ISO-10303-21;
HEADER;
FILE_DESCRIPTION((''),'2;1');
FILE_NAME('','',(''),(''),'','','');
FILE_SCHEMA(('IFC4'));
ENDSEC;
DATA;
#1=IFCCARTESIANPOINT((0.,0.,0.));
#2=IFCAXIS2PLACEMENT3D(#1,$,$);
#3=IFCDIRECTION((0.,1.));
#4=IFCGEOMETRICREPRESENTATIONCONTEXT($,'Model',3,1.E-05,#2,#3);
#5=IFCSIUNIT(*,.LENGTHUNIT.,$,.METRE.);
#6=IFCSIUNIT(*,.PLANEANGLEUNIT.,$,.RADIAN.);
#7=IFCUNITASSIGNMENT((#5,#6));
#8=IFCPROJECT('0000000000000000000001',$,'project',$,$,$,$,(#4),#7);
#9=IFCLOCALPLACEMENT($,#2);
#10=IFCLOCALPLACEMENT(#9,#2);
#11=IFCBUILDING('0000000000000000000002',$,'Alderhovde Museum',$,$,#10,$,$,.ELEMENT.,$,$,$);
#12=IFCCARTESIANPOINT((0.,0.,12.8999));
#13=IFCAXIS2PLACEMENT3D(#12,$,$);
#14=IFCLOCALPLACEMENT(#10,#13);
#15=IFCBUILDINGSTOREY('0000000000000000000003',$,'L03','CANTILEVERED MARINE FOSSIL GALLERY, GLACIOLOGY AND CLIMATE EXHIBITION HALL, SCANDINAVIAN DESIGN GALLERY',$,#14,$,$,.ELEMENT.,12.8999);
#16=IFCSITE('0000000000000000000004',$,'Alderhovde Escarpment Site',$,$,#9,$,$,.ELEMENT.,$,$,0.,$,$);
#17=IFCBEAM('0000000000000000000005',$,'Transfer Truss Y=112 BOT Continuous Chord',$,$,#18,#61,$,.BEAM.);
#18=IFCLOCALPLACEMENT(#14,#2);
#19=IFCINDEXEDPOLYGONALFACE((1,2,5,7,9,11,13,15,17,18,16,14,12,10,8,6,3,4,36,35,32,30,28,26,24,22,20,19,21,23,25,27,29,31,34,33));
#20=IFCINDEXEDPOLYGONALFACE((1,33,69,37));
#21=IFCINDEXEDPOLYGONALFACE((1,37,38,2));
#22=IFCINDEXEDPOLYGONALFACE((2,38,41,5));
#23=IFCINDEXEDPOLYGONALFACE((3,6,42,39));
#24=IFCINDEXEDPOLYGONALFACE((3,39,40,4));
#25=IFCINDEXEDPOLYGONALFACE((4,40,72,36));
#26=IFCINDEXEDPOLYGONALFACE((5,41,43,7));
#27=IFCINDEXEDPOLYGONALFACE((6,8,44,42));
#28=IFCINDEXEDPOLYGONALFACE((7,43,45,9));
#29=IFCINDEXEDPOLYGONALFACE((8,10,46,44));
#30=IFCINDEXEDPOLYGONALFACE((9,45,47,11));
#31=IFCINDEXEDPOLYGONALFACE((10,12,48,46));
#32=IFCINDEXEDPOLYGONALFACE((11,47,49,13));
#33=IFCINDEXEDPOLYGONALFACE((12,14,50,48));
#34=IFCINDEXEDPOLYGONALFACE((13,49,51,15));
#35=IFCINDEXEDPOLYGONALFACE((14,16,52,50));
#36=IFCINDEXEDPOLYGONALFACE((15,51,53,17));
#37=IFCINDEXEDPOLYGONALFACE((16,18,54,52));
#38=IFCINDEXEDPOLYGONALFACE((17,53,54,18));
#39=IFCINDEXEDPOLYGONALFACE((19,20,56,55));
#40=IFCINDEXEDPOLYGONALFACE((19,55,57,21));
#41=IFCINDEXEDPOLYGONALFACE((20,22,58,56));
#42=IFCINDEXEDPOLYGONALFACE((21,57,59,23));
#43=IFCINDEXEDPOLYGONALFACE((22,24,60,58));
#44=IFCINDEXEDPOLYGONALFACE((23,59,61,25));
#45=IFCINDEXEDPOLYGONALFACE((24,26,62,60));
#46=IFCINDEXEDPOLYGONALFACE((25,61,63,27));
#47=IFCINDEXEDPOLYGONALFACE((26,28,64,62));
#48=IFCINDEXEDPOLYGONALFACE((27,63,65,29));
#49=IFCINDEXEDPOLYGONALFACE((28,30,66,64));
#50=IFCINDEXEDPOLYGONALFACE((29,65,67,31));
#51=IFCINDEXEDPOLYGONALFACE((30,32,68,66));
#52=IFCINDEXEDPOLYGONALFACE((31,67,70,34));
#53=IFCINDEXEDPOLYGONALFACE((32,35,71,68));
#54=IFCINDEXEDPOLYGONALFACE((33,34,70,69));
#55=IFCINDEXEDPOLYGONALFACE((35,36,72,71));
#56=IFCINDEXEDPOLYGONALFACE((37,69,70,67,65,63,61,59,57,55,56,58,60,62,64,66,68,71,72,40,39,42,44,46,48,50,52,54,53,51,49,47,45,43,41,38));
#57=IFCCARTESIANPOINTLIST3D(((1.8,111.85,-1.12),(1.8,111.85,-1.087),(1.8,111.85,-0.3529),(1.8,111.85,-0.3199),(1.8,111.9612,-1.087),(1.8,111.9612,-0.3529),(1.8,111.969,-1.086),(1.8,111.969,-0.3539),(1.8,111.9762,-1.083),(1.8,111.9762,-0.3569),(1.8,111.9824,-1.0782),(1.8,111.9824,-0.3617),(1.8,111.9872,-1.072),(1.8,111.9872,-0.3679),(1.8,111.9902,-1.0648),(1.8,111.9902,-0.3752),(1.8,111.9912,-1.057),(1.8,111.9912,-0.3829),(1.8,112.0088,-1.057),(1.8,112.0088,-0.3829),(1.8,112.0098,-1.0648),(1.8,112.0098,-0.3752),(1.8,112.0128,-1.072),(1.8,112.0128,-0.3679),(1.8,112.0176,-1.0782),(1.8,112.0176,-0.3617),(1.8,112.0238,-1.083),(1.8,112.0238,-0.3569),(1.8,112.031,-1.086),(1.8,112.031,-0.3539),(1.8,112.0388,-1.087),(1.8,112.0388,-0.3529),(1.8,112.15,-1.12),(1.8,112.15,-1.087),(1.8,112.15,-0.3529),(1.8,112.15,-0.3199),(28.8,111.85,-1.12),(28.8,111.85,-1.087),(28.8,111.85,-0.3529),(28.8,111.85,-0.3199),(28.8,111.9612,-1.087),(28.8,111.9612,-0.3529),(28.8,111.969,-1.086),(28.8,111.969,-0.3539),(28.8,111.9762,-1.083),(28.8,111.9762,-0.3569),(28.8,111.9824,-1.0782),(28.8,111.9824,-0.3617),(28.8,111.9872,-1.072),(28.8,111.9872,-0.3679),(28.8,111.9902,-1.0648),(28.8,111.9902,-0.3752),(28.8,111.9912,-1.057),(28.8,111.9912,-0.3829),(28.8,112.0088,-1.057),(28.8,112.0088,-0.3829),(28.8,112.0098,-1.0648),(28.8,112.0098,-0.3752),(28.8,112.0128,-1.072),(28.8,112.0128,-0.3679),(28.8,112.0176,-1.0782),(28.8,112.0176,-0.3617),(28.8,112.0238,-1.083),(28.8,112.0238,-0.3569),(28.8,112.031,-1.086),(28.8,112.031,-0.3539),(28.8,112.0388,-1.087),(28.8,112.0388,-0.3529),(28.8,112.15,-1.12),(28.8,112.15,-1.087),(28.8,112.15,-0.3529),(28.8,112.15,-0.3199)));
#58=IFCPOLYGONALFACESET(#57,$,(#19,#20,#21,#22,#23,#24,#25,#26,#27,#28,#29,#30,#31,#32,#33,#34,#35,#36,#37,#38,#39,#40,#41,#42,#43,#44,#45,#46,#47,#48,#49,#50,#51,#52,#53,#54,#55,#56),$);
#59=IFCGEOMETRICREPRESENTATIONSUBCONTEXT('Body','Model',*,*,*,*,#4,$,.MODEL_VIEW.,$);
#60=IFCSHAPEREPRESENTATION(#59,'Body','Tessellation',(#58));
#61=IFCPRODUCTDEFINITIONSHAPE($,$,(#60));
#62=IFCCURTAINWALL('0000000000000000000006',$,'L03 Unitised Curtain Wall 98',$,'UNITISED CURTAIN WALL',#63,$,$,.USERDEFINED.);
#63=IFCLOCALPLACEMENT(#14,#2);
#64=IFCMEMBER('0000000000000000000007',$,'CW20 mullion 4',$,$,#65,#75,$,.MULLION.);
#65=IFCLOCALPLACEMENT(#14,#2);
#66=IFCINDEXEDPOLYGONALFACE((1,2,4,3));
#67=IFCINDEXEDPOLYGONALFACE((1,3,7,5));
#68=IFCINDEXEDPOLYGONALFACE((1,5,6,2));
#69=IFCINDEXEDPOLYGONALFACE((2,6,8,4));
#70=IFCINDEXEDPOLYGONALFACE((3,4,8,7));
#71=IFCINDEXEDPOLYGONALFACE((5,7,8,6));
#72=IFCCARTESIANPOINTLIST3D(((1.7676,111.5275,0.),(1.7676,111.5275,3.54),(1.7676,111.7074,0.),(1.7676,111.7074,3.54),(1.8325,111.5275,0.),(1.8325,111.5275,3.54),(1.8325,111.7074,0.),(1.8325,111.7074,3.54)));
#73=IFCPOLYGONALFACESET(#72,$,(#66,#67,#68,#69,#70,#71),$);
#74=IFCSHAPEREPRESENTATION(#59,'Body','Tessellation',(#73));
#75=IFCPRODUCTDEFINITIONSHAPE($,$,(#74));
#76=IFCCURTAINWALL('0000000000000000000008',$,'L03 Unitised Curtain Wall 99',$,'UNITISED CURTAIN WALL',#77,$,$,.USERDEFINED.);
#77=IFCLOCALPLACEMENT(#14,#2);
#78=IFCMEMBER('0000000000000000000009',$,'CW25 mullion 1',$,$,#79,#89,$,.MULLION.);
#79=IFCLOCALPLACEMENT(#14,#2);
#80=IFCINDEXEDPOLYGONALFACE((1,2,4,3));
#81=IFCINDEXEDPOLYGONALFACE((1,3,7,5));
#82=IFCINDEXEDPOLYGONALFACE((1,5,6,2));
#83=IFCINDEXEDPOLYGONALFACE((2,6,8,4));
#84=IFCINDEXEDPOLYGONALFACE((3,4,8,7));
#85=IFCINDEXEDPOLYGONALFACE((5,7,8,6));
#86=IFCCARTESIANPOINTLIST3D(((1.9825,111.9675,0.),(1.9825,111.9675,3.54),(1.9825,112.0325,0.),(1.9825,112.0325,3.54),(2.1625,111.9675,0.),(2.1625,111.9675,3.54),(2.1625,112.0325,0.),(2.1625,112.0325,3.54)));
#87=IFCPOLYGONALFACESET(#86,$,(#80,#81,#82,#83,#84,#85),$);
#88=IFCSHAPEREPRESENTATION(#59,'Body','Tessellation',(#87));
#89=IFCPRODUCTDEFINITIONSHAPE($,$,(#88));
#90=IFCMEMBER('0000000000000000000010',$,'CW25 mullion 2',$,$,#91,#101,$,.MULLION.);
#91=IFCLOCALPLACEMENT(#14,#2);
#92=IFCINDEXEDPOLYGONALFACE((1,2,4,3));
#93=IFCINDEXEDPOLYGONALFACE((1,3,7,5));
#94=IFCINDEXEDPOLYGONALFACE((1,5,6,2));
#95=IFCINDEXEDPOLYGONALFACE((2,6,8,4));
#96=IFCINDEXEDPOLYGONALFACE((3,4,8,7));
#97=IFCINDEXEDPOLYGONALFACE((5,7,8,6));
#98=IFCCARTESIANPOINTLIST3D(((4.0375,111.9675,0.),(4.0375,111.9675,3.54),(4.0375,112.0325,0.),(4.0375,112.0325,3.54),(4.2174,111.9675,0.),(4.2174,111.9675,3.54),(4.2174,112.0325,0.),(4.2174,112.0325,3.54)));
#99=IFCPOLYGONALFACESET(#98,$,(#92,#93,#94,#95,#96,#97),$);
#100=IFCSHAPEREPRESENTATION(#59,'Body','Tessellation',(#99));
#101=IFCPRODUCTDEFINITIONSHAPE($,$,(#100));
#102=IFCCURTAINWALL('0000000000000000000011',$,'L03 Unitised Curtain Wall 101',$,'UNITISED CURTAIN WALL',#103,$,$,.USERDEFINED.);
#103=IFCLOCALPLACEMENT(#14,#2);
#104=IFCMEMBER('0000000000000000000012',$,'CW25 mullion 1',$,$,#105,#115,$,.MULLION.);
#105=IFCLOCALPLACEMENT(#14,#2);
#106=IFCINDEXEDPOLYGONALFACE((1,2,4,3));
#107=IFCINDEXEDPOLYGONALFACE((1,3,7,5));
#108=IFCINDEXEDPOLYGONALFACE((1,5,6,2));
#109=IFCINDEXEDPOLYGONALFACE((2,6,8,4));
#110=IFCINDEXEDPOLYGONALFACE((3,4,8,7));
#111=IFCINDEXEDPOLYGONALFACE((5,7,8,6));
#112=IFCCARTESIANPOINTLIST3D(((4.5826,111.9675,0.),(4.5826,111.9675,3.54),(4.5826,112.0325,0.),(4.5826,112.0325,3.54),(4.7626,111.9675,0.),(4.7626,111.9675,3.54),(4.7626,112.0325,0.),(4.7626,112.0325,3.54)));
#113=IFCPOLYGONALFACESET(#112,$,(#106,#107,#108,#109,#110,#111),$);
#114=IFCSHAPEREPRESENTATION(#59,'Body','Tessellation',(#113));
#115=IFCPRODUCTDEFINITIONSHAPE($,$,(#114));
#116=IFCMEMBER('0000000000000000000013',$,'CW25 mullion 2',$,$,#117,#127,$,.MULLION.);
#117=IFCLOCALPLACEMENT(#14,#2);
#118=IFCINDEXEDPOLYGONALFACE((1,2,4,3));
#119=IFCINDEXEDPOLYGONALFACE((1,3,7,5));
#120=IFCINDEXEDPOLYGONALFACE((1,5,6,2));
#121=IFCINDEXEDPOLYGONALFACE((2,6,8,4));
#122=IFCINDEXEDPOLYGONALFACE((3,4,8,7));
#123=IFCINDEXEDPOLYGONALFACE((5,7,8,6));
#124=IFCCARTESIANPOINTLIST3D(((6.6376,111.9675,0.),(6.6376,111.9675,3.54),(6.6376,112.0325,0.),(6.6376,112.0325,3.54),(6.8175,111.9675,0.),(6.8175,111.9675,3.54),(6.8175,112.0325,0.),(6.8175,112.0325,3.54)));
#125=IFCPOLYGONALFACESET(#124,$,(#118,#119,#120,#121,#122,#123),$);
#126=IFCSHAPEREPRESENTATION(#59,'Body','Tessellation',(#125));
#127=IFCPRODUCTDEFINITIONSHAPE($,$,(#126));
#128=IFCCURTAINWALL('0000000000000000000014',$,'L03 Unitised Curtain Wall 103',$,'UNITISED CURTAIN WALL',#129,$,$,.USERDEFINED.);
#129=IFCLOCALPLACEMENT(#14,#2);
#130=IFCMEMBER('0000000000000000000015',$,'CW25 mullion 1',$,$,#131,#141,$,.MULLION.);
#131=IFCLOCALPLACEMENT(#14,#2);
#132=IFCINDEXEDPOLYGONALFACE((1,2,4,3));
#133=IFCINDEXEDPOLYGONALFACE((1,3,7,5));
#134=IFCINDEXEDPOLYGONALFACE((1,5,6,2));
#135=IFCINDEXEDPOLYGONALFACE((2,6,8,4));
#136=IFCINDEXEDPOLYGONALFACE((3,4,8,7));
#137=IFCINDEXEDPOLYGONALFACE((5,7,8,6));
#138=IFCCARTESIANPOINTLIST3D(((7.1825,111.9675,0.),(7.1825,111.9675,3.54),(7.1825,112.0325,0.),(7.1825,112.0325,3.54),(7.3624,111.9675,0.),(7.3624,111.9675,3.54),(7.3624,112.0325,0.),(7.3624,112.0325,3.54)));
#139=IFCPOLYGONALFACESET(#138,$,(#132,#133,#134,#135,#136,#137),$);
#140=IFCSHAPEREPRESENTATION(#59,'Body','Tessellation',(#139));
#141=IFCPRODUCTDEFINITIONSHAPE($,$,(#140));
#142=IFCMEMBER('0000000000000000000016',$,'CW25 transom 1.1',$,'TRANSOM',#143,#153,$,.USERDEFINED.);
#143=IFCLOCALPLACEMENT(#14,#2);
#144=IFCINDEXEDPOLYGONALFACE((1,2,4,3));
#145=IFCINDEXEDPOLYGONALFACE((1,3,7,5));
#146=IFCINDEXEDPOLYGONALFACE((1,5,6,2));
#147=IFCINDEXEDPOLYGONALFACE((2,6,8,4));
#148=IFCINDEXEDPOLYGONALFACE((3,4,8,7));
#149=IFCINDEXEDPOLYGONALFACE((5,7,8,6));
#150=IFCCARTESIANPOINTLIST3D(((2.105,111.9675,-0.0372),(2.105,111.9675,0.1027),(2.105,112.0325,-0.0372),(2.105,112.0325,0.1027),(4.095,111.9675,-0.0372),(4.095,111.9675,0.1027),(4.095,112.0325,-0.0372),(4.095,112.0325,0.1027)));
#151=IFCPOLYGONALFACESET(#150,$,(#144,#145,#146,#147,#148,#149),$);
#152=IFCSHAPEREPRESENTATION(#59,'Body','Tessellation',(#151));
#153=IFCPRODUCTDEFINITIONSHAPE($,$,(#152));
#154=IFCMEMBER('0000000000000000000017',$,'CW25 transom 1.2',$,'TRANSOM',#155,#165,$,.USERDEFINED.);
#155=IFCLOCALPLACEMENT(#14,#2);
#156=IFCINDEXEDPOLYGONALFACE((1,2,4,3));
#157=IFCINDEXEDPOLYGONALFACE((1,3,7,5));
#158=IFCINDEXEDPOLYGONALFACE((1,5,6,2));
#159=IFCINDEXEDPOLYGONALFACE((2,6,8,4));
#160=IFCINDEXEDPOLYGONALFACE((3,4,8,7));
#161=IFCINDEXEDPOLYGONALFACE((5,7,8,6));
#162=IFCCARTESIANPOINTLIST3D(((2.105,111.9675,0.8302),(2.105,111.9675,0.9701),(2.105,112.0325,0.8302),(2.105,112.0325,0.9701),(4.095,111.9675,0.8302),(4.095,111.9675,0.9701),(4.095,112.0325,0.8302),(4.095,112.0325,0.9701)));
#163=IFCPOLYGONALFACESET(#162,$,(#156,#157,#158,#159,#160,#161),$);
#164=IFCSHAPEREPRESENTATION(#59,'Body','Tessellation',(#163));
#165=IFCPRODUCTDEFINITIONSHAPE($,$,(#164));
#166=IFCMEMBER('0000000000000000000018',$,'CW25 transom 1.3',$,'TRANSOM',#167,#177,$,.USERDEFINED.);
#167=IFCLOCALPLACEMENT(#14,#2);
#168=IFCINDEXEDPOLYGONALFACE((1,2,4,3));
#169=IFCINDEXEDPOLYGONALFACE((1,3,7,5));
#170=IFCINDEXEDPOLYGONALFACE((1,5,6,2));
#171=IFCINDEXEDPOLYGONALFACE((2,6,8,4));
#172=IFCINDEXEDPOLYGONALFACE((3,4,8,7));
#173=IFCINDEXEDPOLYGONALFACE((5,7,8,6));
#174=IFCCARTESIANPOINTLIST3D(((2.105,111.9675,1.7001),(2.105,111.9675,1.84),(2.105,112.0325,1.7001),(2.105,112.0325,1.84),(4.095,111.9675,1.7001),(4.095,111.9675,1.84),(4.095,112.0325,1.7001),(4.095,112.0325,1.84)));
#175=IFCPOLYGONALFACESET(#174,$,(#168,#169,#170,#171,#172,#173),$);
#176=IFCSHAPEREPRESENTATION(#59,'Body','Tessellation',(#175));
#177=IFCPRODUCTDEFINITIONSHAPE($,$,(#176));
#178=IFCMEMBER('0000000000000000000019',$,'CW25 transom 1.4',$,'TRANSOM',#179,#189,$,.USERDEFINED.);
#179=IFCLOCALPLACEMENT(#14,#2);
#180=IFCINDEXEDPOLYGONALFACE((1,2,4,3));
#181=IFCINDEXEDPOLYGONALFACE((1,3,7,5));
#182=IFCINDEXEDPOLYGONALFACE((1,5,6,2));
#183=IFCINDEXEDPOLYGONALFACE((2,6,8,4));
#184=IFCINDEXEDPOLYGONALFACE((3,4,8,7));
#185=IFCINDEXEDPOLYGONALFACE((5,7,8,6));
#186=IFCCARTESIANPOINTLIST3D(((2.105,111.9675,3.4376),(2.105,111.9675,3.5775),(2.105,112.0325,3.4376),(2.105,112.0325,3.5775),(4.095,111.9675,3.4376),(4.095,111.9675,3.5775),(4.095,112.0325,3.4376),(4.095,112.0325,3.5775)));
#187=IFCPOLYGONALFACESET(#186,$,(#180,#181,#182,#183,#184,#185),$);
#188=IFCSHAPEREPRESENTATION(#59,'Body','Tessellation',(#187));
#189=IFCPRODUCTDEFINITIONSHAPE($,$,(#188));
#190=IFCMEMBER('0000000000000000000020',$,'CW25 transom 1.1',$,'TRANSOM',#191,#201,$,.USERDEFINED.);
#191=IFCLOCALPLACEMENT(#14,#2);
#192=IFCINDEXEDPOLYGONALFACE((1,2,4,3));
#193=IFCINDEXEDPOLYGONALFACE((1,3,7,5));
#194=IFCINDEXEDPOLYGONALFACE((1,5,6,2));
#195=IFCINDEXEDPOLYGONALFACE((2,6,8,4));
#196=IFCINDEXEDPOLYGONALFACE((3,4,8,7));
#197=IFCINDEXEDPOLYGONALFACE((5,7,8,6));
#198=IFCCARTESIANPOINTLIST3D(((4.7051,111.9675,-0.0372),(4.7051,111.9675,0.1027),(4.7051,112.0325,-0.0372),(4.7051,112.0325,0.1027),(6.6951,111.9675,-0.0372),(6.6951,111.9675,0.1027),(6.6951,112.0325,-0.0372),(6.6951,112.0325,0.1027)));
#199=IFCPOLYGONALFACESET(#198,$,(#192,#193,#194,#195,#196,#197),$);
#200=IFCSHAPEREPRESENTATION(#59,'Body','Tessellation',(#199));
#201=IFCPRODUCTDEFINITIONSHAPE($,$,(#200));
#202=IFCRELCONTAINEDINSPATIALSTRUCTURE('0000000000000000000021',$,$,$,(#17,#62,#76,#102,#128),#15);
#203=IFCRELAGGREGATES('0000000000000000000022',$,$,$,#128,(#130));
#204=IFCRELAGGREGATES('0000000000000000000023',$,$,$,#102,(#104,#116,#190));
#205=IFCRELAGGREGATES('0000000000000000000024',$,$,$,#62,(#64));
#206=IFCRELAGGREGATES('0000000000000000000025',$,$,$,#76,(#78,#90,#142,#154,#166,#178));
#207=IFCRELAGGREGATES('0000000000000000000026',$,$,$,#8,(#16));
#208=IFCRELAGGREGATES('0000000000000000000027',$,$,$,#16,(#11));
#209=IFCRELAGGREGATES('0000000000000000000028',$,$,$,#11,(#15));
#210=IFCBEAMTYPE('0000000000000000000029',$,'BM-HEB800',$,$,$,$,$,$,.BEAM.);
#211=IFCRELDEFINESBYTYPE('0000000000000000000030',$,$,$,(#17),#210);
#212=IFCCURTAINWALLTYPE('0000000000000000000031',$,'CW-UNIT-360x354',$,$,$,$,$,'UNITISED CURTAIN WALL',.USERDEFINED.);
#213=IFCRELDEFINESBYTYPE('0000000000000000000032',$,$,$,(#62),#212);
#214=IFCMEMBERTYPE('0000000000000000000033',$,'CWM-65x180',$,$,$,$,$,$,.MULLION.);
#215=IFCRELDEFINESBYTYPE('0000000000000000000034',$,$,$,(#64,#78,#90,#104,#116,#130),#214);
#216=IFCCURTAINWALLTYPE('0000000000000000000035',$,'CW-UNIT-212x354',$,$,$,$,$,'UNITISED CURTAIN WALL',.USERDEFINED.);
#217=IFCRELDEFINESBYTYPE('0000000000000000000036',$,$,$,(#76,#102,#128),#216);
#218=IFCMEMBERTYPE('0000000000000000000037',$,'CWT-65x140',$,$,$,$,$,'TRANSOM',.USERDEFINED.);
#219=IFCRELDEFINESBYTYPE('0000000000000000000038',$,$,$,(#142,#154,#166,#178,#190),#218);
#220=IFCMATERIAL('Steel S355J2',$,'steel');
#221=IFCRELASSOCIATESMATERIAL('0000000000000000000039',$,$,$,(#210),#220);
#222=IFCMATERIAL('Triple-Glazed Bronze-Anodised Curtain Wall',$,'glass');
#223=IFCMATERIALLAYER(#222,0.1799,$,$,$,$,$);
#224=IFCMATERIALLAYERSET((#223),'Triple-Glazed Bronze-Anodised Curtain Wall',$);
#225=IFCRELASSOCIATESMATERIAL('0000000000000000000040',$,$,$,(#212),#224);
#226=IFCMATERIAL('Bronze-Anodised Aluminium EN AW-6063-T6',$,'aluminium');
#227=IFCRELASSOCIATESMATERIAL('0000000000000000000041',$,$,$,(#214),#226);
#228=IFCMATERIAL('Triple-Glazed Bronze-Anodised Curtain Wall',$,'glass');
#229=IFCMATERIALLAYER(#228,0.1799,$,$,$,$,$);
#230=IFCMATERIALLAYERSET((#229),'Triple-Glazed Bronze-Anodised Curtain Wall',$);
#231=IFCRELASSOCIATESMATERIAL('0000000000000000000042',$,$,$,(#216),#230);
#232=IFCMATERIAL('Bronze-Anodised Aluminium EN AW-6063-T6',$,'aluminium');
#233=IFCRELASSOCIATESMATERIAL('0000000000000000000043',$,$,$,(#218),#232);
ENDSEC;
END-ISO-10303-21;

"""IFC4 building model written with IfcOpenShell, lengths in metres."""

from ifc_helpers import new_model, si_unit, direction, frame, origin, origin_2d, place, context, subcontext, project, spatial, rectangle, i_section, extrude, material, layer, layer_set, material_profile, profile_set, type_object, element, aggregate, save


model = new_model("IFC4")

# Units and contexts
model_context = context("Model", 3, precision=1e-05, world=origin(), true_north=direction((0.0, 1.0)))
body_context = subcontext(model_context, "Body", "Model", "MODEL_VIEW")
ifc_project = project(units=[si_unit("LENGTHUNIT", "METRE"), si_unit("PLANEANGLEUNIT", "RADIAN")], contexts=[model_context])

# Site, building, storey
site_placement = place(None, origin())
site = spatial("IfcSite", under=ifc_project, at=site_placement, Name="Alderhovde Escarpment Site", CompositionType="ELEMENT", RefElevation=0.0)
building_placement = place(site_placement, origin())
building = spatial("IfcBuilding", under=site, at=building_placement, Name="Alderhovde Museum", CompositionType="ELEMENT")
storey_placement = place(building_placement, frame((0.0, 0.0, 12.8999)))
storey = spatial("IfcBuildingStorey", under=building, at=storey_placement, Name="L03", Description="CANTILEVERED MARINE FOSSIL GALLERY, GLACIOLOGY AND CLIMATE EXHIBITION HALL, SCANDINAVIAN DESIGN GALLERY", CompositionType="ELEMENT", Elevation=12.8999)

# Beam
ifc_material_1 = material(Name="Steel S355J2", Category="steel")
ifc_material_profile_1 = material_profile(ifc_material_1, i_section(OverallWidth=0.3, OverallDepth=0.8, WebThickness=0.0176, FlangeThickness=0.033, FilletRadius=0.03, at=origin_2d()), Name="HEB 800")
ifc_profile_set_1 = profile_set([ifc_material_profile_1], Name="Steel S355J2")
beam_type = type_object("IfcBeamType", Name="BM-HEB800", PredefinedType="BEAM", material=ifc_profile_set_1)
beam_placement = place(storey_placement, frame((1.8, 112.0, -0.72), z_axis=(1.0, 0.0, 0.0), x_axis=(0.0, 1.0, 0.0)))
element("IfcBeam", 1, at=beam_placement, inside=storey, type_object=beam_type, Name="Transfer Truss Y=112 BOT Continuous Chord", PredefinedType="BEAM", context=body_context, shape_type="SweptSolid", body=[
    extrude(i_section(OverallWidth=0.3, OverallDepth=0.8, WebThickness=0.0176, FlangeThickness=0.033, FilletRadius=0.03, at=origin_2d()), origin(), (0.0, 0.0, 1.0), 27.0),
])

# Curtain wall, member
ifc_material_2 = material(Name="Triple-Glazed Bronze-Anodised Curtain Wall", Category="glass")
ifc_layer_1 = layer(ifc_material_2, 0.1799)
ifc_layer_set_1 = layer_set([ifc_layer_1], Name="Triple-Glazed Bronze-Anodised Curtain Wall")
curtain_wall_type_1 = type_object("IfcCurtainWallType", Name="CW-UNIT-360x354", ElementType="UNITISED CURTAIN WALL", PredefinedType="USERDEFINED", material=ifc_layer_set_1)
curtain_wall_1_placement = place(storey_placement, origin())
curtain_wall_1 = element("IfcCurtainWall", 2, at=curtain_wall_1_placement, inside=storey, type_object=curtain_wall_type_1, Name="L03 Unitised Curtain Wall 98", ObjectType="UNITISED CURTAIN WALL", PredefinedType="USERDEFINED")
ifc_material_3 = material(Name="Bronze-Anodised Aluminium EN AW-6063-T6", Category="aluminium")
ifc_material_profile_2 = material_profile(ifc_material_3, rectangle(XDim=0.0649, YDim=0.1799, at=origin_2d()), Name="MULLION 65x180")
ifc_profile_set_2 = profile_set([ifc_material_profile_2], Name="Bronze-Anodised Aluminium EN AW-6063-T6")
member_type_1 = type_object("IfcMemberType", Name="CWM-65x180", PredefinedType="MULLION", material=ifc_profile_set_2)
member_1_placement = place(storey_placement, frame((1.8, 111.6174, 0.0), z_axis=(0.0, 0.0, 1.0), x_axis=(-1.0, 0.0, 0.0)))
member_1 = element("IfcMember", 3, at=member_1_placement, type_object=member_type_1, Name="CW20 mullion 4", PredefinedType="MULLION", context=body_context, shape_type="SweptSolid", body=[
    extrude(rectangle(XDim=0.0649, YDim=0.1799, at=origin_2d()), origin(), (0.0, 0.0, 1.0), 3.54),
])

# Curtain walls, members
ifc_material_4 = material(Name="Triple-Glazed Bronze-Anodised Curtain Wall", Category="glass")
ifc_layer_2 = layer(ifc_material_4, 0.1799)
ifc_layer_set_2 = layer_set([ifc_layer_2], Name="Triple-Glazed Bronze-Anodised Curtain Wall")
curtain_wall_type_2 = type_object("IfcCurtainWallType", Name="CW-UNIT-212x354", ElementType="UNITISED CURTAIN WALL", PredefinedType="USERDEFINED", material=ifc_layer_set_2)
curtain_wall_2_placement = place(storey_placement, origin())
curtain_wall_2 = element("IfcCurtainWall", 4, at=curtain_wall_2_placement, inside=storey, type_object=curtain_wall_type_2, Name="L03 Unitised Curtain Wall 99", ObjectType="UNITISED CURTAIN WALL", PredefinedType="USERDEFINED")
member_2_placement = place(storey_placement, frame((2.0725, 112.0, 0.0), z_axis=(0.0, 0.0, 1.0), x_axis=(0.0, 1.0, 0.0)))
member_2 = element("IfcMember", 5, at=member_2_placement, type_object=member_type_1, Name="CW25 mullion 1", PredefinedType="MULLION", context=body_context, shape_type="SweptSolid", body=[
    extrude(rectangle(XDim=0.0649, YDim=0.1799, at=origin_2d()), origin(), (0.0, 0.0, 1.0), 3.54),
])
member_3_placement = place(storey_placement, frame((4.1274, 112.0, 0.0), z_axis=(0.0, 0.0, 1.0), x_axis=(0.0, 1.0, 0.0)))
member_3 = element("IfcMember", 6, at=member_3_placement, type_object=member_type_1, Name="CW25 mullion 2", PredefinedType="MULLION", context=body_context, shape_type="SweptSolid", body=[
    extrude(rectangle(XDim=0.0649, YDim=0.1799, at=origin_2d()), origin(), (0.0, 0.0, 1.0), 3.54),
])
curtain_wall_3_placement = place(storey_placement, origin())
curtain_wall_3 = element("IfcCurtainWall", 7, at=curtain_wall_3_placement, inside=storey, type_object=curtain_wall_type_2, Name="L03 Unitised Curtain Wall 101", ObjectType="UNITISED CURTAIN WALL", PredefinedType="USERDEFINED")
member_4_placement = place(storey_placement, frame((4.6726, 112.0, 0.0), z_axis=(0.0, 0.0, 1.0), x_axis=(0.0, 1.0, 0.0)))
member_4 = element("IfcMember", 8, at=member_4_placement, type_object=member_type_1, Name="CW25 mullion 1", PredefinedType="MULLION", context=body_context, shape_type="SweptSolid", body=[
    extrude(rectangle(XDim=0.0649, YDim=0.1799, at=origin_2d()), origin(), (0.0, 0.0, 1.0), 3.54),
])
member_5_placement = place(storey_placement, frame((6.7275, 112.0, 0.0), z_axis=(0.0, 0.0, 1.0), x_axis=(0.0, 1.0, 0.0)))
member_5 = element("IfcMember", 9, at=member_5_placement, type_object=member_type_1, Name="CW25 mullion 2", PredefinedType="MULLION", context=body_context, shape_type="SweptSolid", body=[
    extrude(rectangle(XDim=0.0649, YDim=0.1799, at=origin_2d()), origin(), (0.0, 0.0, 1.0), 3.54),
])

# Curtain wall, member
curtain_wall_4_placement = place(storey_placement, origin())
curtain_wall_4 = element("IfcCurtainWall", 10, at=curtain_wall_4_placement, inside=storey, type_object=curtain_wall_type_2, Name="L03 Unitised Curtain Wall 103", ObjectType="UNITISED CURTAIN WALL", PredefinedType="USERDEFINED")
member_6_placement = place(storey_placement, frame((7.2725, 112.0, 0.0), z_axis=(0.0, 0.0, 1.0), x_axis=(0.0, 1.0, 0.0)))
member_6 = element("IfcMember", 11, at=member_6_placement, type_object=member_type_1, Name="CW25 mullion 1", PredefinedType="MULLION", context=body_context, shape_type="SweptSolid", body=[
    extrude(rectangle(XDim=0.0649, YDim=0.1799, at=origin_2d()), origin(), (0.0, 0.0, 1.0), 3.54),
])

# Members
ifc_material_5 = material(Name="Bronze-Anodised Aluminium EN AW-6063-T6", Category="aluminium")
ifc_material_profile_3 = material_profile(ifc_material_5, rectangle(XDim=0.0649, YDim=0.1399, at=origin_2d()), Name="TRANSOM 65x140")
ifc_profile_set_3 = profile_set([ifc_material_profile_3], Name="Bronze-Anodised Aluminium EN AW-6063-T6")
member_type_2 = type_object("IfcMemberType", Name="CWT-65x140", ElementType="TRANSOM", PredefinedType="USERDEFINED", material=ifc_profile_set_3)
member_7_placement = place(storey_placement, frame((2.105, 112.0, 0.0327), z_axis=(1.0, 0.0, 0.0), x_axis=(0.0, 1.0, 0.0)))
member_7 = element("IfcMember", 12, at=member_7_placement, type_object=member_type_2, Name="CW25 transom 1.1", ObjectType="TRANSOM", PredefinedType="USERDEFINED", context=body_context, shape_type="SweptSolid", body=[
    extrude(rectangle(XDim=0.0649, YDim=0.1399, at=origin_2d()), origin(), (0.0, 0.0, 1.0), 1.99),
])
member_8_placement = place(storey_placement, frame((2.105, 112.0, 0.9001), z_axis=(1.0, 0.0, 0.0), x_axis=(0.0, 1.0, 0.0)))
member_8 = element("IfcMember", 13, at=member_8_placement, type_object=member_type_2, Name="CW25 transom 1.2", ObjectType="TRANSOM", PredefinedType="USERDEFINED", context=body_context, shape_type="SweptSolid", body=[
    extrude(rectangle(XDim=0.0649, YDim=0.1399, at=origin_2d()), origin(), (0.0, 0.0, 1.0), 1.99),
])
member_9_placement = place(storey_placement, frame((2.105, 112.0, 1.77), z_axis=(1.0, 0.0, 0.0), x_axis=(0.0, 1.0, 0.0)))
member_9 = element("IfcMember", 14, at=member_9_placement, type_object=member_type_2, Name="CW25 transom 1.3", ObjectType="TRANSOM", PredefinedType="USERDEFINED", context=body_context, shape_type="SweptSolid", body=[
    extrude(rectangle(XDim=0.0649, YDim=0.1399, at=origin_2d()), origin(), (0.0, 0.0, 1.0), 1.99),
])
member_10_placement = place(storey_placement, frame((2.105, 112.0, 3.5076), z_axis=(1.0, 0.0, 0.0), x_axis=(0.0, 1.0, 0.0)))
member_10 = element("IfcMember", 15, at=member_10_placement, type_object=member_type_2, Name="CW25 transom 1.4", ObjectType="TRANSOM", PredefinedType="USERDEFINED", context=body_context, shape_type="SweptSolid", body=[
    extrude(rectangle(XDim=0.0649, YDim=0.1399, at=origin_2d()), origin(), (0.0, 0.0, 1.0), 1.99),
])
member_11_placement = place(storey_placement, frame((4.7051, 112.0, 0.0327), z_axis=(1.0, 0.0, 0.0), x_axis=(0.0, 1.0, 0.0)))
member_11 = element("IfcMember", 16, at=member_11_placement, type_object=member_type_2, Name="CW25 transom 1.1", ObjectType="TRANSOM", PredefinedType="USERDEFINED", context=body_context, shape_type="SweptSolid", body=[
    extrude(rectangle(XDim=0.0649, YDim=0.1399, at=origin_2d()), origin(), (0.0, 0.0, 1.0), 1.99),
])
aggregate(curtain_wall_4, [member_6])

aggregate(curtain_wall_3, [member_4, member_5, member_11])
aggregate(curtain_wall_1, [member_1])
aggregate(curtain_wall_2, [member_2, member_3, member_7, member_8, member_9, member_10])

save(model, "model.ifc")
